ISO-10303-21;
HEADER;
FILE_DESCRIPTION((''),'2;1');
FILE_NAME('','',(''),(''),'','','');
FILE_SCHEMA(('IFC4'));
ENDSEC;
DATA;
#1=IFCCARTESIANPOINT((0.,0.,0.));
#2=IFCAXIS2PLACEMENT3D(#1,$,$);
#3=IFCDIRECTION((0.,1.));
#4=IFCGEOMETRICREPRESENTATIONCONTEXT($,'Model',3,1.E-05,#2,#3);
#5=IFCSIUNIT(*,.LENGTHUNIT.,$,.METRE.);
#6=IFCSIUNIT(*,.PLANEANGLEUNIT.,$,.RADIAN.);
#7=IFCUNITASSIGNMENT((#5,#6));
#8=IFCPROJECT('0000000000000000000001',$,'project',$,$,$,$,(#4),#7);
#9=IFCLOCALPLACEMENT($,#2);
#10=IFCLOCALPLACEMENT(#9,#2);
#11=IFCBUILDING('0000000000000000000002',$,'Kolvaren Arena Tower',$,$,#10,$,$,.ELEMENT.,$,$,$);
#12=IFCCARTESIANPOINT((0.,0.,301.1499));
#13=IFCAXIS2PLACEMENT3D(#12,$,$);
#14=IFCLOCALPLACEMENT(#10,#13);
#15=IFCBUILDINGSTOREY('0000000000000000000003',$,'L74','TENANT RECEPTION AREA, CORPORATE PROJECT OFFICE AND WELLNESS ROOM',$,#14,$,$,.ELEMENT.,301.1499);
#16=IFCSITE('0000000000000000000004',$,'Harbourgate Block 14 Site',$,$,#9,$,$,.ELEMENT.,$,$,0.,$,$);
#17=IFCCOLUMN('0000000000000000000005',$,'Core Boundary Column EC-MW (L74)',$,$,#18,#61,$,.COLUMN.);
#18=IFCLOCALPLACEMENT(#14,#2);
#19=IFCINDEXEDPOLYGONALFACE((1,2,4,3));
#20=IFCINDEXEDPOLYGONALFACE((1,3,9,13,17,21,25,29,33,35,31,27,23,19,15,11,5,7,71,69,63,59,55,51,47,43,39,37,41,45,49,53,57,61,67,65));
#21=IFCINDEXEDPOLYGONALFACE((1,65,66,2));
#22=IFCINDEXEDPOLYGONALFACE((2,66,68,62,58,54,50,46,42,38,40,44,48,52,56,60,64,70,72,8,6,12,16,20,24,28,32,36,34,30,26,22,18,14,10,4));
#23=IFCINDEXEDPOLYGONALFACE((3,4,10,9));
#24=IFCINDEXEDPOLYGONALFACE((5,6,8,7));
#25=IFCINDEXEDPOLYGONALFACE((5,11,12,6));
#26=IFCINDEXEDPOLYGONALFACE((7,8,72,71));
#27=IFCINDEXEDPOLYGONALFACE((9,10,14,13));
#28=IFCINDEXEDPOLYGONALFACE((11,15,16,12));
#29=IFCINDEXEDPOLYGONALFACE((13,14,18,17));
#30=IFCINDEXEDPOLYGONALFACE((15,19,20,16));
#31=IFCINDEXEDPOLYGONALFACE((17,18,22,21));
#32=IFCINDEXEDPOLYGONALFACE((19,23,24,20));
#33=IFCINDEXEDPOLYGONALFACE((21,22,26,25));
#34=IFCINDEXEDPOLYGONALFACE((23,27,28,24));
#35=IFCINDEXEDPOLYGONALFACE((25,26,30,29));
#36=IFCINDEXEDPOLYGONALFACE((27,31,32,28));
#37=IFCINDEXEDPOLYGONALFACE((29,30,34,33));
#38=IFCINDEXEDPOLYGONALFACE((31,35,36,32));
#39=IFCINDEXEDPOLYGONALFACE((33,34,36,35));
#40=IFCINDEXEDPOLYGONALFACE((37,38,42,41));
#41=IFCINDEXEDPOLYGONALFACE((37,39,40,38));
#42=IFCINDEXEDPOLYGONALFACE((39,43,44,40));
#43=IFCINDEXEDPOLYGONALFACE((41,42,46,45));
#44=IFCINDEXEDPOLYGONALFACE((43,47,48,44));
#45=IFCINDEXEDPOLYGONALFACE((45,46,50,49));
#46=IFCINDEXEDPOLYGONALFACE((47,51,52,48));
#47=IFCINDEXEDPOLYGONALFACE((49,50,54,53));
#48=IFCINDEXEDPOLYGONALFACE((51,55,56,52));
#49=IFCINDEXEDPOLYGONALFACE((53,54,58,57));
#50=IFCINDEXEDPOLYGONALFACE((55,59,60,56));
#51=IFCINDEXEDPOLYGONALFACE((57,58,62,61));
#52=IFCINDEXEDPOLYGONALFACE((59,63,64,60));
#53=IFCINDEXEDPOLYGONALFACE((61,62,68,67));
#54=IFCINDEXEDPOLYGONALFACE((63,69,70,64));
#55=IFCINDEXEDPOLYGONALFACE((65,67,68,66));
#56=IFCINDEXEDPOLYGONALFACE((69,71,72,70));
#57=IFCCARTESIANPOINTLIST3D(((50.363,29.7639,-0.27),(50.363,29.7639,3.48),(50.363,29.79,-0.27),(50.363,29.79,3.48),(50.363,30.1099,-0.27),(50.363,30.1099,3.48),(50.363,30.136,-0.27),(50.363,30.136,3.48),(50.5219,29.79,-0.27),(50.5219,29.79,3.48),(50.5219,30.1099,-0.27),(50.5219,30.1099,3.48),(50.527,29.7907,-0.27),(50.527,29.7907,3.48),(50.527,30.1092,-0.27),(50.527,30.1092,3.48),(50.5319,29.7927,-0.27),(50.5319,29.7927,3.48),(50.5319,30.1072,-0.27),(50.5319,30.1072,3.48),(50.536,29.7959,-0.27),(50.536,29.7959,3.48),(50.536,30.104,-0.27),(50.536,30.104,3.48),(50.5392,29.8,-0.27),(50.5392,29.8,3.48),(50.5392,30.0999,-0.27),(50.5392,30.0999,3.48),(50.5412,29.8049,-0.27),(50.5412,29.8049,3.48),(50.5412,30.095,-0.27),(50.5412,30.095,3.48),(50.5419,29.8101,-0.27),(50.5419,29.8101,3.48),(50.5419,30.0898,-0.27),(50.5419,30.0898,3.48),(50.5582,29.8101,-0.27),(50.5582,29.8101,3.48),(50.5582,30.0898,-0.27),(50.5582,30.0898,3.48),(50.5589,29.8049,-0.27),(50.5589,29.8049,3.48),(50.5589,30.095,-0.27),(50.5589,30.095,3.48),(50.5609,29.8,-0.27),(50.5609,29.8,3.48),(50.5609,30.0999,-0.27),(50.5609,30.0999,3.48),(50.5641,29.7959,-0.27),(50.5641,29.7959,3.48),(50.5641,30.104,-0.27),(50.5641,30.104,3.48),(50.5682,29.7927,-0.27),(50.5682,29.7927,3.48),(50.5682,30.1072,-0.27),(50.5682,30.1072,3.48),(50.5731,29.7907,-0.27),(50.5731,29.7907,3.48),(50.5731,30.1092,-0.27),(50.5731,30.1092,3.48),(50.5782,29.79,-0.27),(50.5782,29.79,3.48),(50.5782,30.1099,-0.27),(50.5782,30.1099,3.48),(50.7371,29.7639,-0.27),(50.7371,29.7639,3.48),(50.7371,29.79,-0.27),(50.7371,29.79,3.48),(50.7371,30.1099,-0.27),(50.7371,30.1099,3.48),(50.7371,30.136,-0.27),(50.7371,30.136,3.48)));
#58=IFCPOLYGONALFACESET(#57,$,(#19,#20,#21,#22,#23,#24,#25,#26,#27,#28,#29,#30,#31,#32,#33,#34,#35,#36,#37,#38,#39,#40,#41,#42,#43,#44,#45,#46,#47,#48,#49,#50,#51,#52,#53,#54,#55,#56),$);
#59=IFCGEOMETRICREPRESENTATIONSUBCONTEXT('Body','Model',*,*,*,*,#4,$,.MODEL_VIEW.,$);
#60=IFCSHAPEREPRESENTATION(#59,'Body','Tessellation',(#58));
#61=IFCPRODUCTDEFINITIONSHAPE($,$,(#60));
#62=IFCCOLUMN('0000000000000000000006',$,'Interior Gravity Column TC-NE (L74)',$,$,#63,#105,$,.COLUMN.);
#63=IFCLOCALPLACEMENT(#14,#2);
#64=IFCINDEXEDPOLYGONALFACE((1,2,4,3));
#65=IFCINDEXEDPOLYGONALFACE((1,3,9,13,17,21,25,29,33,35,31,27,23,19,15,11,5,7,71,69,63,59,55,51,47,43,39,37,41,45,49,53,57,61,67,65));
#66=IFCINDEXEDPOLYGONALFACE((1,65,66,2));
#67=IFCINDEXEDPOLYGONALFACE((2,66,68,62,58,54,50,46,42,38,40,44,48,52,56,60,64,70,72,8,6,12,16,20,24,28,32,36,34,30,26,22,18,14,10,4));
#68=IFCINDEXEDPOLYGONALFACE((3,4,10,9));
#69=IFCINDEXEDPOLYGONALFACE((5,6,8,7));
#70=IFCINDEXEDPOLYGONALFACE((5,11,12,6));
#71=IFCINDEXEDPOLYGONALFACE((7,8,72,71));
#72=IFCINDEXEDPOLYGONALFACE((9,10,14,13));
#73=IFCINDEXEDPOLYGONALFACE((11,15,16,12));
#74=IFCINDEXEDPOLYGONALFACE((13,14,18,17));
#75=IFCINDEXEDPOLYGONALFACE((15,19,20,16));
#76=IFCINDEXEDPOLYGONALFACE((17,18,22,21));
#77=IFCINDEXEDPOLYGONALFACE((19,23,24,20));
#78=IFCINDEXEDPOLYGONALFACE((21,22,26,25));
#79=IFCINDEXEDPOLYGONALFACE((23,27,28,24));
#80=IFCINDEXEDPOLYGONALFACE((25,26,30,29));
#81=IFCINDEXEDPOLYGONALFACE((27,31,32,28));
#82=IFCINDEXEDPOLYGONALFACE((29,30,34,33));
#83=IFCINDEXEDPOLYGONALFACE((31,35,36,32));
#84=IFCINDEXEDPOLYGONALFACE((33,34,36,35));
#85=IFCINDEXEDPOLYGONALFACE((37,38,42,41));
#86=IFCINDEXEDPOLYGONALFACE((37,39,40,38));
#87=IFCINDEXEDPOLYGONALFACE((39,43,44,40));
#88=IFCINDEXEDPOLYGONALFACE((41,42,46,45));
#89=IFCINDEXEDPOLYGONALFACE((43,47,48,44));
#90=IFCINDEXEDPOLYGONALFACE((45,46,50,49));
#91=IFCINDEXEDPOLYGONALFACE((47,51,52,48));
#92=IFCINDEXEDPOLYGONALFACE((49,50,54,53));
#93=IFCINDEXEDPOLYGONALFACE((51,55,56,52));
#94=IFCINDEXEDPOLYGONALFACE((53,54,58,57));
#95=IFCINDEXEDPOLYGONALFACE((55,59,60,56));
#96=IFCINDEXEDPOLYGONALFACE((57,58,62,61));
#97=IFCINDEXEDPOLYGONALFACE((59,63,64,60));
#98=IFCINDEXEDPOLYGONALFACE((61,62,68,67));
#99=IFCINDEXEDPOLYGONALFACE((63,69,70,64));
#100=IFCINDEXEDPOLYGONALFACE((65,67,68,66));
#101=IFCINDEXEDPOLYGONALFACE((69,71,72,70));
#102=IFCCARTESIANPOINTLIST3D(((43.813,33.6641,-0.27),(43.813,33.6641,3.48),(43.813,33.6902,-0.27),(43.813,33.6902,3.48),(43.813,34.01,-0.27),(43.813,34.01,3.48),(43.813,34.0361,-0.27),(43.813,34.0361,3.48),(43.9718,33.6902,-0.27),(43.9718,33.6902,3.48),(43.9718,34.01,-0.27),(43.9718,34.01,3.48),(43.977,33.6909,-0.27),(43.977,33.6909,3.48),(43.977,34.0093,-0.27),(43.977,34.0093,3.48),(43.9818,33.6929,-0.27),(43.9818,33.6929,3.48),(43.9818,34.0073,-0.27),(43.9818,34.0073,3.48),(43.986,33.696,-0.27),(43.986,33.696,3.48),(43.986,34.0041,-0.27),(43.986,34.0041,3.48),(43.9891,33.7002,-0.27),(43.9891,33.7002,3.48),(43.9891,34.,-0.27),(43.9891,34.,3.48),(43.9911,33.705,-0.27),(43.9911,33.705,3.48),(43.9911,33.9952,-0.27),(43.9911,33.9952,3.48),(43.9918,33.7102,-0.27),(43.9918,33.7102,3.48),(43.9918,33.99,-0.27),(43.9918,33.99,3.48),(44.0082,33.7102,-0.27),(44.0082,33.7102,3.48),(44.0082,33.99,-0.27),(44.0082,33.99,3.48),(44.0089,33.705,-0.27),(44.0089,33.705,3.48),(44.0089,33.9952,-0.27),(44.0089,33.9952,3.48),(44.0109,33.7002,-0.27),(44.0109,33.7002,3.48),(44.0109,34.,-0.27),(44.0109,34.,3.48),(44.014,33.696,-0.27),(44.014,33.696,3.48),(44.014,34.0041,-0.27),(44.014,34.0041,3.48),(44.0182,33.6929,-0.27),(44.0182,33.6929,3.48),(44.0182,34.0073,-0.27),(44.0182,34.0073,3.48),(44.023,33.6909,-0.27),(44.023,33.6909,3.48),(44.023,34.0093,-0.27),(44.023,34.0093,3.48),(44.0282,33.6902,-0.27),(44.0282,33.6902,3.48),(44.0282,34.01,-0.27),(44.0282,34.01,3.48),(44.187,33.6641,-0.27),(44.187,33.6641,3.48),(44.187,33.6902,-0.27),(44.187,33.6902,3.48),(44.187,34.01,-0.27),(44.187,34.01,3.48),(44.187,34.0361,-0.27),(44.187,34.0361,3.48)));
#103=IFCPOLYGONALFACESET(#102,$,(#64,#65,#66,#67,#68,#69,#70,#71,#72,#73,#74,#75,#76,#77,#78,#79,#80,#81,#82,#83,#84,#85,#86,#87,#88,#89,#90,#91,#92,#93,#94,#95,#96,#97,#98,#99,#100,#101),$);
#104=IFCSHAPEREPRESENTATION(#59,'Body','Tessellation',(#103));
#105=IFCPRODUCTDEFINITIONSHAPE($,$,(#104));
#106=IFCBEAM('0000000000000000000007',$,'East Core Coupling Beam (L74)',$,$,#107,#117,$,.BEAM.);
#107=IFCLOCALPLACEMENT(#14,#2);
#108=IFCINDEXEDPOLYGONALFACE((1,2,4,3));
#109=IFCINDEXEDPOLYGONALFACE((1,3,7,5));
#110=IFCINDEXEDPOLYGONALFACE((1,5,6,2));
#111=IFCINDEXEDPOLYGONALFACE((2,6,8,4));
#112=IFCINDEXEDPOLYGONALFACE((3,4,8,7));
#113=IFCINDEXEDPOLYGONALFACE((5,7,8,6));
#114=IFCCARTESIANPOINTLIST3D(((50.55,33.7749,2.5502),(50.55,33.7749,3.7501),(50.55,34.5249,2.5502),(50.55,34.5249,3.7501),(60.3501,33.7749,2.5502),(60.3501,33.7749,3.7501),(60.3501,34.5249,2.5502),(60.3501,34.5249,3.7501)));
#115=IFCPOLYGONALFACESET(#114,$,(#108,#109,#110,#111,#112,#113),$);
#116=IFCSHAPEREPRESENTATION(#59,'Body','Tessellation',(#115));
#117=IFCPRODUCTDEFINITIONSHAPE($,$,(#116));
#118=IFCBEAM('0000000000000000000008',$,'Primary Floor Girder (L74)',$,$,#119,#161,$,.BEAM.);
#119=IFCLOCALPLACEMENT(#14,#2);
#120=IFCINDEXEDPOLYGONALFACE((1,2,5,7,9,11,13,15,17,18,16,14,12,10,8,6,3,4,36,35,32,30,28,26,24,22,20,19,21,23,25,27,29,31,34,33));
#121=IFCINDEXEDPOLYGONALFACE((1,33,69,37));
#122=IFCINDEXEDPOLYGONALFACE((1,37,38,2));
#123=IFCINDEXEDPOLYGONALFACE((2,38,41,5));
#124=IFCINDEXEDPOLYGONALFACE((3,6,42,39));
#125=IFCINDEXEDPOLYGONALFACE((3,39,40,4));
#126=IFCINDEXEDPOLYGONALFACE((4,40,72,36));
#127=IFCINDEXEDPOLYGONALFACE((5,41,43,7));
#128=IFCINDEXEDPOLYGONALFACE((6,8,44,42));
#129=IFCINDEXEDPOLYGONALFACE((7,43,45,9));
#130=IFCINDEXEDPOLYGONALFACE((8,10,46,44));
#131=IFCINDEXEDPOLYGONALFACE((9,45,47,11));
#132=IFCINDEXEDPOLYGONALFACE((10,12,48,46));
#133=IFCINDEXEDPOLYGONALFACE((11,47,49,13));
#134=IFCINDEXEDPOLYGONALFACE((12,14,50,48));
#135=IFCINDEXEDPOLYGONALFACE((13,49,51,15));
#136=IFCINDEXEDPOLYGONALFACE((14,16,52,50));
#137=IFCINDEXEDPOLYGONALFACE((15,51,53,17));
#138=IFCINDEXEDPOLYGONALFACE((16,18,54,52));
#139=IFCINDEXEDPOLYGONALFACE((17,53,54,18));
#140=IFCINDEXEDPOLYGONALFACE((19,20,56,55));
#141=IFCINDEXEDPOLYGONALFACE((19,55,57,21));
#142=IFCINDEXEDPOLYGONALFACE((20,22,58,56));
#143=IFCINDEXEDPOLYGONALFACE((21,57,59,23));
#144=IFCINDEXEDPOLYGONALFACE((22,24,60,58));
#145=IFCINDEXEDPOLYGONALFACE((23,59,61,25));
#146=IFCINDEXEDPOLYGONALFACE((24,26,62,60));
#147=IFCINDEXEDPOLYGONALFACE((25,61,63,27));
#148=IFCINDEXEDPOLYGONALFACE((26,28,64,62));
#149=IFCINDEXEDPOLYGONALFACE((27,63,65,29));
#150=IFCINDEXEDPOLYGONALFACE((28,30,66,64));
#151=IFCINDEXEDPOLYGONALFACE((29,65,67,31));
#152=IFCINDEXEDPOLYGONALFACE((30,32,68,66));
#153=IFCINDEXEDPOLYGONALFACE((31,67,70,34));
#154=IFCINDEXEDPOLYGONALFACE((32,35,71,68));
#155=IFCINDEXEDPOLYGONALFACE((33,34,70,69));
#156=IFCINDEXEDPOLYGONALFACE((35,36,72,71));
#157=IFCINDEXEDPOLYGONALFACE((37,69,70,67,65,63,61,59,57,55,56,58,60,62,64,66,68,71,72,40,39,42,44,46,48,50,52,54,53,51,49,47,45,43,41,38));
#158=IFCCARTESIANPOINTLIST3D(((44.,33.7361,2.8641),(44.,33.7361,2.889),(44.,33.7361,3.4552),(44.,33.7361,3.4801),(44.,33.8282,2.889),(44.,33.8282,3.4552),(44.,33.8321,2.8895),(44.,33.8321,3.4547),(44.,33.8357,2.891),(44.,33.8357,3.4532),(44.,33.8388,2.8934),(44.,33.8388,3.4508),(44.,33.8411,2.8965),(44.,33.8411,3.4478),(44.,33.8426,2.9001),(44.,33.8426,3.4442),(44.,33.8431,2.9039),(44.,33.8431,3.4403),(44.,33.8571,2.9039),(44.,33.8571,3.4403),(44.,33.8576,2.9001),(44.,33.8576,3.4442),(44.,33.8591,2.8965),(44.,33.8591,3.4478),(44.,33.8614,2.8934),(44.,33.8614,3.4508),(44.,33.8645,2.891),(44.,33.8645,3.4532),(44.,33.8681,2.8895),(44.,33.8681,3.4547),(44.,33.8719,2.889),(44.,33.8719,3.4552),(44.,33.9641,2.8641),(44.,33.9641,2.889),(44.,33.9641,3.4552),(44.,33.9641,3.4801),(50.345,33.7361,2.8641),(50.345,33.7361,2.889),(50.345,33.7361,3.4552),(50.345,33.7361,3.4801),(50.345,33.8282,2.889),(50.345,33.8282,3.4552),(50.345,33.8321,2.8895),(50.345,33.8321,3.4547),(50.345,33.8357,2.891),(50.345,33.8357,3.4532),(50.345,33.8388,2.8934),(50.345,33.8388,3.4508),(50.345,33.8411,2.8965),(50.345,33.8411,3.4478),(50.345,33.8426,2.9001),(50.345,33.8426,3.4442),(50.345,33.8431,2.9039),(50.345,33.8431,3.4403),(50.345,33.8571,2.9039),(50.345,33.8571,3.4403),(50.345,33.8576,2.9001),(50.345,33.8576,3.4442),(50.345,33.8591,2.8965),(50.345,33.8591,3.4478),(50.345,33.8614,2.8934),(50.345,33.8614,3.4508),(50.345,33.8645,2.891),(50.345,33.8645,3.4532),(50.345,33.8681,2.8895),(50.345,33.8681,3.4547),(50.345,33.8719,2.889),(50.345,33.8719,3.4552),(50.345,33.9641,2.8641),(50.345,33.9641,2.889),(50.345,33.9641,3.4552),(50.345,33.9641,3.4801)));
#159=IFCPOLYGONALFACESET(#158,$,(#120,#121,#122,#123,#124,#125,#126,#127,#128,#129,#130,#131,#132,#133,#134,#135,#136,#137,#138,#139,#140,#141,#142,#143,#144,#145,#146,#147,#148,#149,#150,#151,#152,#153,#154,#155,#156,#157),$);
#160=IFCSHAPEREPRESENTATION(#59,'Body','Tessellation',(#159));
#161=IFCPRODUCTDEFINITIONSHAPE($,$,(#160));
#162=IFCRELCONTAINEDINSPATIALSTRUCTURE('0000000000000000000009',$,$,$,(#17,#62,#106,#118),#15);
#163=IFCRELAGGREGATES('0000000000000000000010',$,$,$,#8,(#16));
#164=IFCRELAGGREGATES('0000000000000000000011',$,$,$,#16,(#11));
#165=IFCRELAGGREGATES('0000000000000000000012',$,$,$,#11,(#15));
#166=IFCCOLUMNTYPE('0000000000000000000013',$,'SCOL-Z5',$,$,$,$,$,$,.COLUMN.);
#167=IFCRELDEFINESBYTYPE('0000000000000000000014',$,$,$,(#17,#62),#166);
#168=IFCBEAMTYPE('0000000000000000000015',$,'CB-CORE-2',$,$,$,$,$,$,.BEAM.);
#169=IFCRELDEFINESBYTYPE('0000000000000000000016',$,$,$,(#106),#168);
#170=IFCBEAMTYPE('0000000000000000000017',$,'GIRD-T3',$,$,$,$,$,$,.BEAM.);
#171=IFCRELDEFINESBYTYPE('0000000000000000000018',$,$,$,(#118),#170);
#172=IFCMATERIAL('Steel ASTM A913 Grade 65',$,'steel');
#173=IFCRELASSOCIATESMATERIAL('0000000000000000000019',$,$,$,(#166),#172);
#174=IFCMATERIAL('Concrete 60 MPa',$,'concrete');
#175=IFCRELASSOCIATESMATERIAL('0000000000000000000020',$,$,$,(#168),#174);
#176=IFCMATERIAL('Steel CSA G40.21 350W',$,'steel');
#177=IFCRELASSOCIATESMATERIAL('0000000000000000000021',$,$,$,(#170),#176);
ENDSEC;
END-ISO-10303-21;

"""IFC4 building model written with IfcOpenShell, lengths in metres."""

from ifc_helpers import new_model, si_unit, direction, frame, origin, origin_2d, place, context, subcontext, project, spatial, rectangle, i_section, extrude, material, material_profile, profile_set, type_object, element, save


model = new_model("IFC4")

# Units and contexts
model_context = context("Model", 3, precision=1e-05, world=origin(), true_north=direction((0.0, 1.0)))
body_context = subcontext(model_context, "Body", "Model", "MODEL_VIEW")
ifc_project = project(units=[si_unit("LENGTHUNIT", "METRE"), si_unit("PLANEANGLEUNIT", "RADIAN")], contexts=[model_context])

# Site, building, storey
site_placement = place(None, origin())
site = spatial("IfcSite", under=ifc_project, at=site_placement, Name="Harbourgate Block 14 Site", CompositionType="ELEMENT", RefElevation=0.0)
building_placement = place(site_placement, origin())
building = spatial("IfcBuilding", under=site, at=building_placement, Name="Kolvaren Arena Tower", CompositionType="ELEMENT")
storey_placement = place(building_placement, frame((0.0, 0.0, 301.1499)))
storey = spatial("IfcBuildingStorey", under=building, at=storey_placement, Name="L74", Description="TENANT RECEPTION AREA, CORPORATE PROJECT OFFICE AND WELLNESS ROOM", CompositionType="ELEMENT", Elevation=301.1499)

# Columns
ifc_material_1 = material(Name="Steel ASTM A913 Grade 65", Category="steel")
ifc_material_profile_1 = material_profile(ifc_material_1, i_section(OverallWidth=0.374, OverallDepth=0.3721, WebThickness=0.0164, FlangeThickness=0.0261, FilletRadius=0.02, at=origin_2d()), Name="W360x196")
ifc_profile_set_1 = profile_set([ifc_material_profile_1], Name="Steel ASTM A913 Grade 65")
column_type = type_object("IfcColumnType", Name="SCOL-Z5", PredefinedType="COLUMN", material=ifc_profile_set_1)
for number, where, z_axis, x_axis, name in (
    (1, (50.55, 29.95, -0.27), (0.0, 0.0, 1.0), (1.0, 0.0, 0.0), "Core Boundary Column EC-MW (L74)"),
    (2, (44.0, 33.8501, -0.27), (0.0, 0.0, 1.0), (1.0, 0.0, 0.0), "Interior Gravity Column TC-NE (L74)"),
):
    element("IfcColumn", number, at=place(storey_placement, frame(where, z_axis=z_axis, x_axis=x_axis)), inside=storey, type_object=column_type, Name=name, PredefinedType="COLUMN", context=body_context, shape_type="SweptSolid", body=[
        extrude(i_section(OverallWidth=0.374, OverallDepth=0.3721, WebThickness=0.0164, FlangeThickness=0.0261, FilletRadius=0.02, at=origin_2d()), origin(), (0.0, 0.0, 1.0), 3.75),
    ])

# Beams
ifc_material_2 = material(Name="Concrete 60 MPa", Category="concrete")
ifc_material_profile_2 = material_profile(ifc_material_2, rectangle(XDim=0.75, YDim=1.2, at=origin_2d()), Name="RC-750x1200")
ifc_profile_set_2 = profile_set([ifc_material_profile_2], Name="Concrete 60 MPa")
beam_type_1 = type_object("IfcBeamType", Name="CB-CORE-2", PredefinedType="BEAM", material=ifc_profile_set_2)
beam_1_placement = place(storey_placement, frame((50.55, 34.1499, 3.1501), z_axis=(1.0, 0.0, 0.0), x_axis=(0.0, 1.0, 0.0)))
element("IfcBeam", 3, at=beam_1_placement, inside=storey, type_object=beam_type_1, Name="East Core Coupling Beam (L74)", PredefinedType="BEAM", context=body_context, shape_type="SweptSolid", body=[
    extrude(rectangle(XDim=0.75, YDim=1.2, at=origin_2d()), origin(), (0.0, 0.0, 1.0), 9.8),
])
ifc_material_3 = material(Name="Steel CSA G40.21 350W", Category="steel")
ifc_material_profile_3 = material_profile(ifc_material_3, i_section(OverallWidth=0.228, OverallDepth=0.616, WebThickness=0.0139, FlangeThickness=0.0249, FilletRadius=0.0149, at=origin_2d()), Name="W610x174")
ifc_profile_set_3 = profile_set([ifc_material_profile_3], Name="Steel CSA G40.21 350W")
beam_type_2 = type_object("IfcBeamType", Name="GIRD-T3", PredefinedType="BEAM", material=ifc_profile_set_3)
beam_2_placement = place(storey_placement, frame((44.0, 33.8501, 3.1721), z_axis=(1.0, 0.0, 0.0), x_axis=(0.0, 1.0, 0.0)))
element("IfcBeam", 4, at=beam_2_placement, inside=storey, type_object=beam_type_2, Name="Primary Floor Girder (L74)", PredefinedType="BEAM", context=body_context, shape_type="SweptSolid", body=[
    extrude(i_section(OverallWidth=0.228, OverallDepth=0.616, WebThickness=0.0139, FlangeThickness=0.0249, FilletRadius=0.0149, at=origin_2d()), origin(), (0.0, 0.0, 1.0), 6.345),
])

save(model, "model.ifc")
